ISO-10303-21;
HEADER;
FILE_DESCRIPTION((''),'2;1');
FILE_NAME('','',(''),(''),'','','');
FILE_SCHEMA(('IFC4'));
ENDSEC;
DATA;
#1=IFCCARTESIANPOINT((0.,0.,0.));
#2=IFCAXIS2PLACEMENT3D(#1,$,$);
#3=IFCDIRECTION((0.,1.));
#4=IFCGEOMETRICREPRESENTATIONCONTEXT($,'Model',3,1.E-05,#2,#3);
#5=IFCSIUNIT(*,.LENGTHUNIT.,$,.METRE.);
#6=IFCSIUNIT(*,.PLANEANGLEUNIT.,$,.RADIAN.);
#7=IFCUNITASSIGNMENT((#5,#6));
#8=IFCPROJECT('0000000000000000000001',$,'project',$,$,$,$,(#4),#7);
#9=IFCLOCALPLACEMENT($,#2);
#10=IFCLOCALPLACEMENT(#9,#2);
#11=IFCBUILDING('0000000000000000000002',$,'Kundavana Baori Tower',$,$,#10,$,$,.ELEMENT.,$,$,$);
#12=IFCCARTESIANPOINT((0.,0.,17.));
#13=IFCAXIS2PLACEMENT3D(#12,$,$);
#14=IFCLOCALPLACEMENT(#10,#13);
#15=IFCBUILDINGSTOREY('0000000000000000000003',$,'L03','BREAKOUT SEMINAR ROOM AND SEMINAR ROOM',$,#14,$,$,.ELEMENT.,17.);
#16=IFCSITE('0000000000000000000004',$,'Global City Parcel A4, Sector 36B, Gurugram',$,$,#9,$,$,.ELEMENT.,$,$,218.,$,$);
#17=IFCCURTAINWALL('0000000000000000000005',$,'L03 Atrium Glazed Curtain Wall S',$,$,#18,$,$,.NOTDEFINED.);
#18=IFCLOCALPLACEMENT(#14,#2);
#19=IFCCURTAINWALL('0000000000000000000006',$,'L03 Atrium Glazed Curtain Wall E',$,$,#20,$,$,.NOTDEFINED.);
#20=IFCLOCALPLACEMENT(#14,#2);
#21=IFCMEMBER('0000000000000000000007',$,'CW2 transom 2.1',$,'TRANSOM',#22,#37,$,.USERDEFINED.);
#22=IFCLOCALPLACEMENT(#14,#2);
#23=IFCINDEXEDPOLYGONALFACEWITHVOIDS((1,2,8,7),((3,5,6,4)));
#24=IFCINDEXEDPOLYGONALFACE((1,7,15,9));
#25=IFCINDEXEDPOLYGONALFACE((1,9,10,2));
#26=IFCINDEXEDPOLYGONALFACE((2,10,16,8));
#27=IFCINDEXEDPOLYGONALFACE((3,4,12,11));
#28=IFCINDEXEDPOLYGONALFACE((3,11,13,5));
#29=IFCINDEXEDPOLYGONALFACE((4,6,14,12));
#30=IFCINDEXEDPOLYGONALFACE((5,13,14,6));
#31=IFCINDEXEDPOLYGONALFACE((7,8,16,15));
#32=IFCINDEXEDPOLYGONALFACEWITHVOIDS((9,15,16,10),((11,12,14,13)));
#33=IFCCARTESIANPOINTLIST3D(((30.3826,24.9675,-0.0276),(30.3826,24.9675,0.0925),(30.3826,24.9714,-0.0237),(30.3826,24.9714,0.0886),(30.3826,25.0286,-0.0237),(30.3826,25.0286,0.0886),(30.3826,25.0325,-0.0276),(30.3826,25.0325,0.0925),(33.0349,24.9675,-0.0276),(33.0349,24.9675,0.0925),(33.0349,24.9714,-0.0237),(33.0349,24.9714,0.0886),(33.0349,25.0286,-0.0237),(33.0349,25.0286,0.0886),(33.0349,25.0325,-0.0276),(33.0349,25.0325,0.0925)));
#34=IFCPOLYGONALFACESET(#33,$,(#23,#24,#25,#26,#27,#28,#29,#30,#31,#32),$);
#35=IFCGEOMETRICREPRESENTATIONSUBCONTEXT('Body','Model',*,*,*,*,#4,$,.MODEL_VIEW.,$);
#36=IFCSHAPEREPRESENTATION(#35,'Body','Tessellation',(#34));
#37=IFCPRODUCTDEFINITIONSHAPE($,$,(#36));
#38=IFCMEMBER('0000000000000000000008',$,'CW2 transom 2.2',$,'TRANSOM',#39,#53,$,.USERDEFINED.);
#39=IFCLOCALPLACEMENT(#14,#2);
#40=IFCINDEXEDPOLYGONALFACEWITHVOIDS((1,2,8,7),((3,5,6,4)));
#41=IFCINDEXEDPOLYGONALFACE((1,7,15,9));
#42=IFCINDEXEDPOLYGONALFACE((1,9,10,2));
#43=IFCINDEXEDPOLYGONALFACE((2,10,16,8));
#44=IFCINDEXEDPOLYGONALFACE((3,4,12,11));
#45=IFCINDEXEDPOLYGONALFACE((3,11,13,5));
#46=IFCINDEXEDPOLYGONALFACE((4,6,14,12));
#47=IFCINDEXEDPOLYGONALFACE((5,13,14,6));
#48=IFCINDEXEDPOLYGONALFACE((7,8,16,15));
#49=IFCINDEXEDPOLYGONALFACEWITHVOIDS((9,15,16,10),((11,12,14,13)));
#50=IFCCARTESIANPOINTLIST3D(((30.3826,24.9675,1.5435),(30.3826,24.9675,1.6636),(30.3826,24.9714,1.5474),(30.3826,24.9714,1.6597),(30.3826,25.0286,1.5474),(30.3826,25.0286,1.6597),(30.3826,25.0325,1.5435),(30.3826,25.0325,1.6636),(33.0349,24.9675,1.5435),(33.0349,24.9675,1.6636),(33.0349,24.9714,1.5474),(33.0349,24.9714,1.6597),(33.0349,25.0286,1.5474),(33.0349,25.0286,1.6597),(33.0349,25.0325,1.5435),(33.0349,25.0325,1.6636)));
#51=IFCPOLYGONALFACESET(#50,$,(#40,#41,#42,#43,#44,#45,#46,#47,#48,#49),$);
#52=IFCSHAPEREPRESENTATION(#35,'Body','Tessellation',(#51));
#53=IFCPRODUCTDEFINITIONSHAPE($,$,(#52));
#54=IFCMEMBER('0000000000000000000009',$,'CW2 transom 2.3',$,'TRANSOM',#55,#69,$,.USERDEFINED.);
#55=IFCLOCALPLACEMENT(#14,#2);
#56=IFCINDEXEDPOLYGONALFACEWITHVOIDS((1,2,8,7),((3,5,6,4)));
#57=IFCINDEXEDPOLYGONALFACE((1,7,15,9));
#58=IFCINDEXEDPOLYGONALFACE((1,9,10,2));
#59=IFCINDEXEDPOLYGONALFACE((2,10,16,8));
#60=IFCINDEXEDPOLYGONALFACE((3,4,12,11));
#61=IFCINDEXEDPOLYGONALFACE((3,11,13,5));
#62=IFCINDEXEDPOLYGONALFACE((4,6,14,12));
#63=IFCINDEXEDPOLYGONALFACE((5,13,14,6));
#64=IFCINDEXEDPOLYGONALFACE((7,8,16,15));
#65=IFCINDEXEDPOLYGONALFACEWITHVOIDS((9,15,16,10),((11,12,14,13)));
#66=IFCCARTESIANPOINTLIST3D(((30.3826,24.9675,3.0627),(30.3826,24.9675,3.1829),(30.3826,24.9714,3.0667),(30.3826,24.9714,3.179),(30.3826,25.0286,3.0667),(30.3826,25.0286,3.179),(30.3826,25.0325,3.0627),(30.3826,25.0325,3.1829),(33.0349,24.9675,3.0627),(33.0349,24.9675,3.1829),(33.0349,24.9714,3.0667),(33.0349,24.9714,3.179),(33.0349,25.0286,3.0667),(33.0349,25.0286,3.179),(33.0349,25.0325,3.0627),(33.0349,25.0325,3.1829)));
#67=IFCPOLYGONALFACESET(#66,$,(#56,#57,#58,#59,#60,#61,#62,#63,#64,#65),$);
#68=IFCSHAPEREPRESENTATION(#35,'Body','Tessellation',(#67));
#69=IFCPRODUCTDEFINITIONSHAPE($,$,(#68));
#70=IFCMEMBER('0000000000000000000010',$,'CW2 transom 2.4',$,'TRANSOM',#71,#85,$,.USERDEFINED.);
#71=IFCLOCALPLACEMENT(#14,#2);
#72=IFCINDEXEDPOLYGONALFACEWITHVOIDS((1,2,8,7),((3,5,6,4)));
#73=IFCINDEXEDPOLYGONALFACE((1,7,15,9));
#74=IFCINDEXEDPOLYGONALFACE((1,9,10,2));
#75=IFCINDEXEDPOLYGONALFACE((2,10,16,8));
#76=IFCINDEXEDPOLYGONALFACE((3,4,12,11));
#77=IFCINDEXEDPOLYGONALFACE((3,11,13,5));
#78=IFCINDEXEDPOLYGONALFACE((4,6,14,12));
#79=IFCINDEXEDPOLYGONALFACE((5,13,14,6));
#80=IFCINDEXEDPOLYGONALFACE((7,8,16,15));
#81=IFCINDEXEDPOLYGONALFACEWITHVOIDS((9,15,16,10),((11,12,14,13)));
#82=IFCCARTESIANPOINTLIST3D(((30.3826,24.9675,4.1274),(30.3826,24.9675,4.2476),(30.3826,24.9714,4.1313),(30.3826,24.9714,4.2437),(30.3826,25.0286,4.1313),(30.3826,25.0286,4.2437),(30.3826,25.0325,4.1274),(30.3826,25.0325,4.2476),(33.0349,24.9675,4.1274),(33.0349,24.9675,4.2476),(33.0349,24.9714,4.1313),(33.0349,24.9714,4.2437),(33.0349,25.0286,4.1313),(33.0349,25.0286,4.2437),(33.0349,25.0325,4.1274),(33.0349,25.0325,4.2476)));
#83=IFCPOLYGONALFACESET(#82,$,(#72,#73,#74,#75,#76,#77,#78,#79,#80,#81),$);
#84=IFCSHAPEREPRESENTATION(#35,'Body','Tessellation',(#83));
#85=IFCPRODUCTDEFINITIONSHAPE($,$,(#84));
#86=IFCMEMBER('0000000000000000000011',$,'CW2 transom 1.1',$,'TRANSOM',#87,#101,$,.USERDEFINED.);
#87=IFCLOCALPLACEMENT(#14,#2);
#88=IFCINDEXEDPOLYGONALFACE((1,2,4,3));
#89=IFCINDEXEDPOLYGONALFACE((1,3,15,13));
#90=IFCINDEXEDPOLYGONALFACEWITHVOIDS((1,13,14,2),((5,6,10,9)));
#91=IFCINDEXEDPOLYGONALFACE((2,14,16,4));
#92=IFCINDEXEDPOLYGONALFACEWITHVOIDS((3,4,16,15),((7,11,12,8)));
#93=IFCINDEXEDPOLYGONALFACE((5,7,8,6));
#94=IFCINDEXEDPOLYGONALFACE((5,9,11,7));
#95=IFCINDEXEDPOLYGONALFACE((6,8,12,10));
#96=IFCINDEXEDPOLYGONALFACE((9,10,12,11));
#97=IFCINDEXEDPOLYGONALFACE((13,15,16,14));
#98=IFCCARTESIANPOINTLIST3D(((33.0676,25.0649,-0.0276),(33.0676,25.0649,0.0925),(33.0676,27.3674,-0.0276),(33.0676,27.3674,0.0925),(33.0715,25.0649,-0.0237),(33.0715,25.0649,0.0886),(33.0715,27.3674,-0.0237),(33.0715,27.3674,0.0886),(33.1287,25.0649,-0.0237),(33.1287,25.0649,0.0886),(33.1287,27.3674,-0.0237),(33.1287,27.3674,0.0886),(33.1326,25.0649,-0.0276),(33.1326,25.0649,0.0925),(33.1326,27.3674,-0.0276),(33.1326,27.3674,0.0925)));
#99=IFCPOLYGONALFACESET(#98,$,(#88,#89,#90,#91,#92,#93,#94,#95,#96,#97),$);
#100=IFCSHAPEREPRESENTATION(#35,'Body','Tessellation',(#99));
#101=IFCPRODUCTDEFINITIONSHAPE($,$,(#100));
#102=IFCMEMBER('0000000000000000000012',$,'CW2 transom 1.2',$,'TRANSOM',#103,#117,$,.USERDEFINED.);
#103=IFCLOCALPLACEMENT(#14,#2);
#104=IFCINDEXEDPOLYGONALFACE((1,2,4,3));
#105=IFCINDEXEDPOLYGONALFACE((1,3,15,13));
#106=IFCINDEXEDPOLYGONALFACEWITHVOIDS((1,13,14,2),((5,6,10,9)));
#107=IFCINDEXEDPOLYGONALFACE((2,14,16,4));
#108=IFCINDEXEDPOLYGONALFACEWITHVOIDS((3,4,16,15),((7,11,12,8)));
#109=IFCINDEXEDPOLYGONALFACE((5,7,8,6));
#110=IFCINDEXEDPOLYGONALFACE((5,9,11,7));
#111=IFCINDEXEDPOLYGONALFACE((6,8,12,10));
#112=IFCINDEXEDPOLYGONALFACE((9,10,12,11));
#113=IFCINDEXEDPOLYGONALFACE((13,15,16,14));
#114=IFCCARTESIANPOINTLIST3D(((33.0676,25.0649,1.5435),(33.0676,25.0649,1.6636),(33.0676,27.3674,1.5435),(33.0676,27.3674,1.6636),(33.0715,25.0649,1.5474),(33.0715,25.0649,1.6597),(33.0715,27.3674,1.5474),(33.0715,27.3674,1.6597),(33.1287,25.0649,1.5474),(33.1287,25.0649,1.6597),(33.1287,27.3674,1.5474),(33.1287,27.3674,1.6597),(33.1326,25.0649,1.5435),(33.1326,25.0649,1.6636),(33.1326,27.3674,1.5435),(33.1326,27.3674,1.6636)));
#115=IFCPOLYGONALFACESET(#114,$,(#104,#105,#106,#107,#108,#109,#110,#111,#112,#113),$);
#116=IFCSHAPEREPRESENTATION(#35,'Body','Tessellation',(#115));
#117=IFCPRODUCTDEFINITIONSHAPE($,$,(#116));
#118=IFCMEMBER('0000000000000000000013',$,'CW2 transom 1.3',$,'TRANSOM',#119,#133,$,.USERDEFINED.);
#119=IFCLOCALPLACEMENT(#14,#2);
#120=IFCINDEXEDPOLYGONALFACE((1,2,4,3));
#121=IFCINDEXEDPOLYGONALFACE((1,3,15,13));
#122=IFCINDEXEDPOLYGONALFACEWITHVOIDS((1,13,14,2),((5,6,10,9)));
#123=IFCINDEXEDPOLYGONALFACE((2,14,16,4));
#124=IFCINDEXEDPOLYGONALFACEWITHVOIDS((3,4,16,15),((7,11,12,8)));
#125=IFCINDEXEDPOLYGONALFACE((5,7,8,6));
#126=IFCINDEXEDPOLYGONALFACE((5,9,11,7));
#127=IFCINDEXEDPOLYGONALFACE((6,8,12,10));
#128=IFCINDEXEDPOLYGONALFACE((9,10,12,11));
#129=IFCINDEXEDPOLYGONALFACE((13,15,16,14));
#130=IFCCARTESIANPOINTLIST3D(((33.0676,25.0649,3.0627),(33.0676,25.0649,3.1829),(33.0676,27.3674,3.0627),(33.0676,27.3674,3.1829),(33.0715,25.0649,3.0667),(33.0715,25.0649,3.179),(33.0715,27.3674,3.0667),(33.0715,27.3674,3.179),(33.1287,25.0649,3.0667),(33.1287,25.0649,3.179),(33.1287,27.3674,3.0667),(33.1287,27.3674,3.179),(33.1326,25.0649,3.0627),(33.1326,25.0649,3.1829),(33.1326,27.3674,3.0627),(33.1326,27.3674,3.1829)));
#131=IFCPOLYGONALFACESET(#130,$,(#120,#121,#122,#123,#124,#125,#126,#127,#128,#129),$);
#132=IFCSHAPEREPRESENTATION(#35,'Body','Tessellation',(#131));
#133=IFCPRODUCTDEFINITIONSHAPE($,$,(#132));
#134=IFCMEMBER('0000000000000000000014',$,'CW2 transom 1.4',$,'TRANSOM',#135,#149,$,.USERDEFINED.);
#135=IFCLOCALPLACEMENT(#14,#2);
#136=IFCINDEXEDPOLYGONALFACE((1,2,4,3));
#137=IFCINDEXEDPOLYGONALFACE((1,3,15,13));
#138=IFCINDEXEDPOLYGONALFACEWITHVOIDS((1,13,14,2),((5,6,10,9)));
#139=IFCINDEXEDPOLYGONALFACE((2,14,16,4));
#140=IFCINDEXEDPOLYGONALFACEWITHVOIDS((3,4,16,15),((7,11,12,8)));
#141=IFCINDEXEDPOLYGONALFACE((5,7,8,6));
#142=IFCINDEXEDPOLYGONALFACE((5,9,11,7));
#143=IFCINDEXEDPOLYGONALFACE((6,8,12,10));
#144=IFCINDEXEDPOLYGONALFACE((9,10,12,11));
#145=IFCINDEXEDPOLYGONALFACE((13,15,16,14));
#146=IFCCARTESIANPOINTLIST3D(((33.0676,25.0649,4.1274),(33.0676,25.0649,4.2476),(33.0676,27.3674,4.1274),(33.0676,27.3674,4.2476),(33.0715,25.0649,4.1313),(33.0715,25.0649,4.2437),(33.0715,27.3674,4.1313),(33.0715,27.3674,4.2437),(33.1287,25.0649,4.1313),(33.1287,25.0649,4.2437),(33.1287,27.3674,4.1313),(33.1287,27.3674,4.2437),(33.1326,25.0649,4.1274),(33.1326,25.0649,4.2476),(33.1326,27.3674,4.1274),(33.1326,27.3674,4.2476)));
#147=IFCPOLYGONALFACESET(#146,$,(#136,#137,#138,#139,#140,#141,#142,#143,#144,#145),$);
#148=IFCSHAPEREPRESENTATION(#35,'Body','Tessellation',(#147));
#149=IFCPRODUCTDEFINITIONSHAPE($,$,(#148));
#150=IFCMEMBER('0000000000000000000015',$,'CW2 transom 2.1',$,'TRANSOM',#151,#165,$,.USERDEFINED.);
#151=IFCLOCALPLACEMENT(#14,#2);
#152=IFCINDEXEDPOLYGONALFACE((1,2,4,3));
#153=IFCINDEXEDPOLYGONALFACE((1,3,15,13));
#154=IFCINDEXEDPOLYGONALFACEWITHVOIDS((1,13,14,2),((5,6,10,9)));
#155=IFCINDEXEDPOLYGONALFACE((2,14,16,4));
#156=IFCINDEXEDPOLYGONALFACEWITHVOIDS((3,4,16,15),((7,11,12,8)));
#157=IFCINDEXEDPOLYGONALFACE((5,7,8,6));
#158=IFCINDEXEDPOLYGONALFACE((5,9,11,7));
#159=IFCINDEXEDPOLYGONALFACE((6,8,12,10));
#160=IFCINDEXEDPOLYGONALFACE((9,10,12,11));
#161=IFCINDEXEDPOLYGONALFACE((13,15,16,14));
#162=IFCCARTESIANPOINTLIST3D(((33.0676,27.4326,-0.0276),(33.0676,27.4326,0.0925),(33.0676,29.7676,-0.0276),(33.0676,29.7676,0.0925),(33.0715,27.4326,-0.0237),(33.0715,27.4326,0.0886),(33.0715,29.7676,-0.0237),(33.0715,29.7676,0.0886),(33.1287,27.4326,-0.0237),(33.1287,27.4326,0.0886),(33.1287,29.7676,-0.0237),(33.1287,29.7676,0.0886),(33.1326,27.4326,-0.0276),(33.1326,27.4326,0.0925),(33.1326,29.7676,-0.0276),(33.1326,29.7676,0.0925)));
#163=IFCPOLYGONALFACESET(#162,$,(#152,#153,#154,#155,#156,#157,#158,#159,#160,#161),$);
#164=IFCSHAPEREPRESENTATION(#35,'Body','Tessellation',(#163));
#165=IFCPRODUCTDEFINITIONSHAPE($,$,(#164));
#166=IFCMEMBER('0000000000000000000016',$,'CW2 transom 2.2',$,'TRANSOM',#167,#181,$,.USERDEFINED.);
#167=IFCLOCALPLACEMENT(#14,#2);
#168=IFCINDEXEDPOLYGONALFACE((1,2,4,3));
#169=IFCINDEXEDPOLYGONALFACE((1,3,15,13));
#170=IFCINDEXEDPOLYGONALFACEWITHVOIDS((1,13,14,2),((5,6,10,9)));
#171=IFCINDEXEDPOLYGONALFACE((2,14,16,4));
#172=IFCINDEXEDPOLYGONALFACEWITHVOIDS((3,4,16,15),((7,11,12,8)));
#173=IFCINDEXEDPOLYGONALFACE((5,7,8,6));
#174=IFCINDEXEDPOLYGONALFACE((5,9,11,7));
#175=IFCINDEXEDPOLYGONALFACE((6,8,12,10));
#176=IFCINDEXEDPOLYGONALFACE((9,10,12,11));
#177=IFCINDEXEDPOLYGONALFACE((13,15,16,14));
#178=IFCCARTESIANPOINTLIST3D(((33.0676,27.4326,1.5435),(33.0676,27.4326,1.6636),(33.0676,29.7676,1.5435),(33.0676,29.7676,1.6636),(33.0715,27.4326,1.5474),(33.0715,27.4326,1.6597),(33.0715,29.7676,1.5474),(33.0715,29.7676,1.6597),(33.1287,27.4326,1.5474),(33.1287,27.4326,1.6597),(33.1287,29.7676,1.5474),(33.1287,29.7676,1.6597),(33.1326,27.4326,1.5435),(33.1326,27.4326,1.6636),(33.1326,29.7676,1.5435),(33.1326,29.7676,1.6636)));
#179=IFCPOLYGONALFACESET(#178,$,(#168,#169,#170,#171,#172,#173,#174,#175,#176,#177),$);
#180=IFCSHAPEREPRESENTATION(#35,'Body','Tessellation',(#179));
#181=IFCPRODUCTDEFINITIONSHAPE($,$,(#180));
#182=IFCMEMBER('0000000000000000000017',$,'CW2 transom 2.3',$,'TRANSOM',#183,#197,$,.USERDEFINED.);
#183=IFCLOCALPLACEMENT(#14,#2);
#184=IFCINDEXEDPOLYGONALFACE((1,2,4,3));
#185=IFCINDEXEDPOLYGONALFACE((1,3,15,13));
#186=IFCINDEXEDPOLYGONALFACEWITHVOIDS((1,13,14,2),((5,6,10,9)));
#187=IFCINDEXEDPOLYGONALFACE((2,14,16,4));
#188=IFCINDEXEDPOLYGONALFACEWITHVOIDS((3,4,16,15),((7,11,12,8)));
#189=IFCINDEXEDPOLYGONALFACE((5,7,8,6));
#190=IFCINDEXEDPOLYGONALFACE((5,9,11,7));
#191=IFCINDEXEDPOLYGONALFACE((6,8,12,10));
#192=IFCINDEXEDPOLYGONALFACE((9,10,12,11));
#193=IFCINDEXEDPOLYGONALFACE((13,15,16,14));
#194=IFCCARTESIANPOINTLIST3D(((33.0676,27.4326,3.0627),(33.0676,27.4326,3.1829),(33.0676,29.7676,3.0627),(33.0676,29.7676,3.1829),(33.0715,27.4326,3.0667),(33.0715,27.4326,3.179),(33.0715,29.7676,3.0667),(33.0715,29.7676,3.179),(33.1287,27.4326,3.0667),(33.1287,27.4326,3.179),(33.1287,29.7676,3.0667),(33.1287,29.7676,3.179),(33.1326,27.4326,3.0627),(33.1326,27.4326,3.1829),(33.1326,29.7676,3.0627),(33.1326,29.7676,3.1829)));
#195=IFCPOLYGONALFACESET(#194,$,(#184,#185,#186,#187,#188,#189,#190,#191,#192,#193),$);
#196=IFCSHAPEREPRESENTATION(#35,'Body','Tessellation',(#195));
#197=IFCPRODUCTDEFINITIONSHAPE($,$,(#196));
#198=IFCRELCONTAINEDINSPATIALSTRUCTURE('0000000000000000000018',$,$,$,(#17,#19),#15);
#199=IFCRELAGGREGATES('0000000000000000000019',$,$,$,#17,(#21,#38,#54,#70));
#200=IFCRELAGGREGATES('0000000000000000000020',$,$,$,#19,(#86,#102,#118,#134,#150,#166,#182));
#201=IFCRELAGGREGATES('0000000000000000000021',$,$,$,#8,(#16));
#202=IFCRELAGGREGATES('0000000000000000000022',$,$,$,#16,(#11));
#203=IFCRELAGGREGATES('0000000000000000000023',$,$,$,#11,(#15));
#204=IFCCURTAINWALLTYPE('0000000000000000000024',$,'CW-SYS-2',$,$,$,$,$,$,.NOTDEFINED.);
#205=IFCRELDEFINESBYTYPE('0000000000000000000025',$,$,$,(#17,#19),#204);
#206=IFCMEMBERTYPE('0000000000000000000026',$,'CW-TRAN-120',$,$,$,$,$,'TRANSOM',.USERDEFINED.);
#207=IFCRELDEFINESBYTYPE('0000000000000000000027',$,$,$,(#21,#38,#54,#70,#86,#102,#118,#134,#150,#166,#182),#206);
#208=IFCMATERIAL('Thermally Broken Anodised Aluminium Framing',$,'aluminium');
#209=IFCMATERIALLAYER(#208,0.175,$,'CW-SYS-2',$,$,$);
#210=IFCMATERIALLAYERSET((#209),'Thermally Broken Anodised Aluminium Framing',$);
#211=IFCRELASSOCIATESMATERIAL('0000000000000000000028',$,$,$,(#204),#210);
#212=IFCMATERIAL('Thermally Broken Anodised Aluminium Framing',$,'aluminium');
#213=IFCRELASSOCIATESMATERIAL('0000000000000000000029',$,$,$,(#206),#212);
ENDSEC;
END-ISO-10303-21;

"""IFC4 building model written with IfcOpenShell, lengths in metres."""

from ifc_helpers import new_model, si_unit, direction, frame, origin, origin_2d, place, context, subcontext, project, spatial, hollow_rectangle, extrude, material, layer, layer_set, material_profile, profile_set, type_object, element, aggregate, save


model = new_model("IFC4")

# Units and contexts
model_context = context("Model", 3, precision=1e-05, world=origin(), true_north=direction((0.0, 1.0)))
body_context = subcontext(model_context, "Body", "Model", "MODEL_VIEW")
ifc_project = project(units=[si_unit("LENGTHUNIT", "METRE"), si_unit("PLANEANGLEUNIT", "RADIAN")], contexts=[model_context])

# Site, building, storey
site_placement = place(None, origin())
site = spatial("IfcSite", under=ifc_project, at=site_placement, Name="Global City Parcel A4, Sector 36B, Gurugram", CompositionType="ELEMENT", RefElevation=218.0)
building_placement = place(site_placement, origin())
building = spatial("IfcBuilding", under=site, at=building_placement, Name="Kundavana Baori Tower", CompositionType="ELEMENT")
storey_placement = place(building_placement, frame((0.0, 0.0, 17.0)))
storey = spatial("IfcBuildingStorey", under=building, at=storey_placement, Name="L03", Description="BREAKOUT SEMINAR ROOM AND SEMINAR ROOM", CompositionType="ELEMENT", Elevation=17.0)

# Curtain walls
ifc_material_1 = material(Name="Thermally Broken Anodised Aluminium Framing", Category="aluminium")
ifc_layer_1 = layer(ifc_material_1, 0.175, Name="CW-SYS-2")
ifc_layer_set_1 = layer_set([ifc_layer_1], Name="Thermally Broken Anodised Aluminium Framing")
curtain_wall_type = type_object("IfcCurtainWallType", Name="CW-SYS-2", PredefinedType="NOTDEFINED", material=ifc_layer_set_1)
curtain_wall_1_placement = place(storey_placement, origin())
curtain_wall_1 = element("IfcCurtainWall", 1, at=curtain_wall_1_placement, inside=storey, type_object=curtain_wall_type, Name="L03 Atrium Glazed Curtain Wall S", PredefinedType="NOTDEFINED")
curtain_wall_2_placement = place(storey_placement, origin())
curtain_wall_2 = element("IfcCurtainWall", 2, at=curtain_wall_2_placement, inside=storey, type_object=curtain_wall_type, Name="L03 Atrium Glazed Curtain Wall E", PredefinedType="NOTDEFINED")

# Members
ifc_material_2 = material(Name="Thermally Broken Anodised Aluminium Framing", Category="aluminium")
ifc_material_profile_1 = material_profile(ifc_material_2, hollow_rectangle(XDim=0.0649, YDim=0.1201, WallThickness=0.0039, at=origin_2d()), Name="CW-TRAN-120")
ifc_profile_set_1 = profile_set([ifc_material_profile_1], Name="Thermally Broken Anodised Aluminium Framing")
member_type_1 = type_object("IfcMemberType", Name="CW-TRAN-120", ElementType="TRANSOM", PredefinedType="USERDEFINED", material=ifc_profile_set_1)
member_1_placement = place(storey_placement, frame((30.3826, 25.0, 0.0325), z_axis=(1.0, 0.0, 0.0), x_axis=(0.0, 1.0, 0.0)))
member_1 = element("IfcMember", 3, at=member_1_placement, type_object=member_type_1, Name="CW2 transom 2.1", ObjectType="TRANSOM", PredefinedType="USERDEFINED", context=body_context, shape_type="SweptSolid", body=[
    extrude(hollow_rectangle(XDim=0.0649, YDim=0.1201, WallThickness=0.0039, at=origin_2d()), origin(), (0.0, 0.0, 1.0), 2.6523),
])
member_2_placement = place(storey_placement, frame((30.3826, 25.0, 1.6035), z_axis=(1.0, 0.0, 0.0), x_axis=(0.0, 1.0, 0.0)))
member_2 = element("IfcMember", 4, at=member_2_placement, type_object=member_type_1, Name="CW2 transom 2.2", ObjectType="TRANSOM", PredefinedType="USERDEFINED", context=body_context, shape_type="SweptSolid", body=[
    extrude(hollow_rectangle(XDim=0.0649, YDim=0.1201, WallThickness=0.0039, at=origin_2d()), origin(), (0.0, 0.0, 1.0), 2.6523),
])
member_3_placement = place(storey_placement, frame((30.3826, 25.0, 3.1228), z_axis=(1.0, 0.0, 0.0), x_axis=(0.0, 1.0, 0.0)))
member_3 = element("IfcMember", 5, at=member_3_placement, type_object=member_type_1, Name="CW2 transom 2.3", ObjectType="TRANSOM", PredefinedType="USERDEFINED", context=body_context, shape_type="SweptSolid", body=[
    extrude(hollow_rectangle(XDim=0.0649, YDim=0.1201, WallThickness=0.0039, at=origin_2d()), origin(), (0.0, 0.0, 1.0), 2.6523),
])
member_4_placement = place(storey_placement, frame((30.3826, 25.0, 4.1875), z_axis=(1.0, 0.0, 0.0), x_axis=(0.0, 1.0, 0.0)))
member_4 = element("IfcMember", 6, at=member_4_placement, type_object=member_type_1, Name="CW2 transom 2.4", ObjectType="TRANSOM", PredefinedType="USERDEFINED", context=body_context, shape_type="SweptSolid", body=[
    extrude(hollow_rectangle(XDim=0.0649, YDim=0.1201, WallThickness=0.0039, at=origin_2d()), origin(), (0.0, 0.0, 1.0), 2.6523),
])
member_5_placement = place(storey_placement, frame((33.1001, 25.0649, 0.0325), z_axis=(0.0, 1.0, 0.0), x_axis=(-1.0, 0.0, 0.0)))
member_5 = element("IfcMember", 7, at=member_5_placement, type_object=member_type_1, Name="CW2 transom 1.1", ObjectType="TRANSOM", PredefinedType="USERDEFINED", context=body_context, shape_type="SweptSolid", body=[
    extrude(hollow_rectangle(XDim=0.0649, YDim=0.1201, WallThickness=0.0039, at=origin_2d()), origin(), (0.0, 0.0, 1.0), 2.3025),
])
member_6_placement = place(storey_placement, frame((33.1001, 25.0649, 1.6035), z_axis=(0.0, 1.0, 0.0), x_axis=(-1.0, 0.0, 0.0)))
member_6 = element("IfcMember", 8, at=member_6_placement, type_object=member_type_1, Name="CW2 transom 1.2", ObjectType="TRANSOM", PredefinedType="USERDEFINED", context=body_context, shape_type="SweptSolid", body=[
    extrude(hollow_rectangle(XDim=0.0649, YDim=0.1201, WallThickness=0.0039, at=origin_2d()), origin(), (0.0, 0.0, 1.0), 2.3025),
])
member_7_placement = place(storey_placement, frame((33.1001, 25.0649, 3.1228), z_axis=(0.0, 1.0, 0.0), x_axis=(-1.0, 0.0, 0.0)))
member_7 = element("IfcMember", 9, at=member_7_placement, type_object=member_type_1, Name="CW2 transom 1.3", ObjectType="TRANSOM", PredefinedType="USERDEFINED", context=body_context, shape_type="SweptSolid", body=[
    extrude(hollow_rectangle(XDim=0.0649, YDim=0.1201, WallThickness=0.0039, at=origin_2d()), origin(), (0.0, 0.0, 1.0), 2.3025),
])
member_8_placement = place(storey_placement, frame((33.1001, 25.0649, 4.1875), z_axis=(0.0, 1.0, 0.0), x_axis=(-1.0, 0.0, 0.0)))
member_8 = element("IfcMember", 10, at=member_8_placement, type_object=member_type_1, Name="CW2 transom 1.4", ObjectType="TRANSOM", PredefinedType="USERDEFINED", context=body_context, shape_type="SweptSolid", body=[
    extrude(hollow_rectangle(XDim=0.0649, YDim=0.1201, WallThickness=0.0039, at=origin_2d()), origin(), (0.0, 0.0, 1.0), 2.3025),
])
member_9_placement = place(storey_placement, frame((33.1001, 27.4326, 0.0325), z_axis=(0.0, 1.0, 0.0), x_axis=(-1.0, 0.0, 0.0)))
member_9 = element("IfcMember", 11, at=member_9_placement, type_object=member_type_1, Name="CW2 transom 2.1", ObjectType="TRANSOM", PredefinedType="USERDEFINED", context=body_context, shape_type="SweptSolid", body=[
    extrude(hollow_rectangle(XDim=0.0649, YDim=0.1201, WallThickness=0.0039, at=origin_2d()), origin(), (0.0, 0.0, 1.0), 2.335),
])
member_10_placement = place(storey_placement, frame((33.1001, 27.4326, 1.6035), z_axis=(0.0, 1.0, 0.0), x_axis=(-1.0, 0.0, 0.0)))
member_10 = element("IfcMember", 12, at=member_10_placement, type_object=member_type_1, Name="CW2 transom 2.2", ObjectType="TRANSOM", PredefinedType="USERDEFINED", context=body_context, shape_type="SweptSolid", body=[
    extrude(hollow_rectangle(XDim=0.0649, YDim=0.1201, WallThickness=0.0039, at=origin_2d()), origin(), (0.0, 0.0, 1.0), 2.335),
])
member_11_placement = place(storey_placement, frame((33.1001, 27.4326, 3.1228), z_axis=(0.0, 1.0, 0.0), x_axis=(-1.0, 0.0, 0.0)))
member_11 = element("IfcMember", 13, at=member_11_placement, type_object=member_type_1, Name="CW2 transom 2.3", ObjectType="TRANSOM", PredefinedType="USERDEFINED", context=body_context, shape_type="SweptSolid", body=[
    extrude(hollow_rectangle(XDim=0.0649, YDim=0.1201, WallThickness=0.0039, at=origin_2d()), origin(), (0.0, 0.0, 1.0), 2.335),
])

aggregate(curtain_wall_1, [member_1, member_2, member_3, member_4])
aggregate(curtain_wall_2, [member_5, member_6, member_7, member_8, member_9, member_10, member_11])

save(model, "model.ifc")
